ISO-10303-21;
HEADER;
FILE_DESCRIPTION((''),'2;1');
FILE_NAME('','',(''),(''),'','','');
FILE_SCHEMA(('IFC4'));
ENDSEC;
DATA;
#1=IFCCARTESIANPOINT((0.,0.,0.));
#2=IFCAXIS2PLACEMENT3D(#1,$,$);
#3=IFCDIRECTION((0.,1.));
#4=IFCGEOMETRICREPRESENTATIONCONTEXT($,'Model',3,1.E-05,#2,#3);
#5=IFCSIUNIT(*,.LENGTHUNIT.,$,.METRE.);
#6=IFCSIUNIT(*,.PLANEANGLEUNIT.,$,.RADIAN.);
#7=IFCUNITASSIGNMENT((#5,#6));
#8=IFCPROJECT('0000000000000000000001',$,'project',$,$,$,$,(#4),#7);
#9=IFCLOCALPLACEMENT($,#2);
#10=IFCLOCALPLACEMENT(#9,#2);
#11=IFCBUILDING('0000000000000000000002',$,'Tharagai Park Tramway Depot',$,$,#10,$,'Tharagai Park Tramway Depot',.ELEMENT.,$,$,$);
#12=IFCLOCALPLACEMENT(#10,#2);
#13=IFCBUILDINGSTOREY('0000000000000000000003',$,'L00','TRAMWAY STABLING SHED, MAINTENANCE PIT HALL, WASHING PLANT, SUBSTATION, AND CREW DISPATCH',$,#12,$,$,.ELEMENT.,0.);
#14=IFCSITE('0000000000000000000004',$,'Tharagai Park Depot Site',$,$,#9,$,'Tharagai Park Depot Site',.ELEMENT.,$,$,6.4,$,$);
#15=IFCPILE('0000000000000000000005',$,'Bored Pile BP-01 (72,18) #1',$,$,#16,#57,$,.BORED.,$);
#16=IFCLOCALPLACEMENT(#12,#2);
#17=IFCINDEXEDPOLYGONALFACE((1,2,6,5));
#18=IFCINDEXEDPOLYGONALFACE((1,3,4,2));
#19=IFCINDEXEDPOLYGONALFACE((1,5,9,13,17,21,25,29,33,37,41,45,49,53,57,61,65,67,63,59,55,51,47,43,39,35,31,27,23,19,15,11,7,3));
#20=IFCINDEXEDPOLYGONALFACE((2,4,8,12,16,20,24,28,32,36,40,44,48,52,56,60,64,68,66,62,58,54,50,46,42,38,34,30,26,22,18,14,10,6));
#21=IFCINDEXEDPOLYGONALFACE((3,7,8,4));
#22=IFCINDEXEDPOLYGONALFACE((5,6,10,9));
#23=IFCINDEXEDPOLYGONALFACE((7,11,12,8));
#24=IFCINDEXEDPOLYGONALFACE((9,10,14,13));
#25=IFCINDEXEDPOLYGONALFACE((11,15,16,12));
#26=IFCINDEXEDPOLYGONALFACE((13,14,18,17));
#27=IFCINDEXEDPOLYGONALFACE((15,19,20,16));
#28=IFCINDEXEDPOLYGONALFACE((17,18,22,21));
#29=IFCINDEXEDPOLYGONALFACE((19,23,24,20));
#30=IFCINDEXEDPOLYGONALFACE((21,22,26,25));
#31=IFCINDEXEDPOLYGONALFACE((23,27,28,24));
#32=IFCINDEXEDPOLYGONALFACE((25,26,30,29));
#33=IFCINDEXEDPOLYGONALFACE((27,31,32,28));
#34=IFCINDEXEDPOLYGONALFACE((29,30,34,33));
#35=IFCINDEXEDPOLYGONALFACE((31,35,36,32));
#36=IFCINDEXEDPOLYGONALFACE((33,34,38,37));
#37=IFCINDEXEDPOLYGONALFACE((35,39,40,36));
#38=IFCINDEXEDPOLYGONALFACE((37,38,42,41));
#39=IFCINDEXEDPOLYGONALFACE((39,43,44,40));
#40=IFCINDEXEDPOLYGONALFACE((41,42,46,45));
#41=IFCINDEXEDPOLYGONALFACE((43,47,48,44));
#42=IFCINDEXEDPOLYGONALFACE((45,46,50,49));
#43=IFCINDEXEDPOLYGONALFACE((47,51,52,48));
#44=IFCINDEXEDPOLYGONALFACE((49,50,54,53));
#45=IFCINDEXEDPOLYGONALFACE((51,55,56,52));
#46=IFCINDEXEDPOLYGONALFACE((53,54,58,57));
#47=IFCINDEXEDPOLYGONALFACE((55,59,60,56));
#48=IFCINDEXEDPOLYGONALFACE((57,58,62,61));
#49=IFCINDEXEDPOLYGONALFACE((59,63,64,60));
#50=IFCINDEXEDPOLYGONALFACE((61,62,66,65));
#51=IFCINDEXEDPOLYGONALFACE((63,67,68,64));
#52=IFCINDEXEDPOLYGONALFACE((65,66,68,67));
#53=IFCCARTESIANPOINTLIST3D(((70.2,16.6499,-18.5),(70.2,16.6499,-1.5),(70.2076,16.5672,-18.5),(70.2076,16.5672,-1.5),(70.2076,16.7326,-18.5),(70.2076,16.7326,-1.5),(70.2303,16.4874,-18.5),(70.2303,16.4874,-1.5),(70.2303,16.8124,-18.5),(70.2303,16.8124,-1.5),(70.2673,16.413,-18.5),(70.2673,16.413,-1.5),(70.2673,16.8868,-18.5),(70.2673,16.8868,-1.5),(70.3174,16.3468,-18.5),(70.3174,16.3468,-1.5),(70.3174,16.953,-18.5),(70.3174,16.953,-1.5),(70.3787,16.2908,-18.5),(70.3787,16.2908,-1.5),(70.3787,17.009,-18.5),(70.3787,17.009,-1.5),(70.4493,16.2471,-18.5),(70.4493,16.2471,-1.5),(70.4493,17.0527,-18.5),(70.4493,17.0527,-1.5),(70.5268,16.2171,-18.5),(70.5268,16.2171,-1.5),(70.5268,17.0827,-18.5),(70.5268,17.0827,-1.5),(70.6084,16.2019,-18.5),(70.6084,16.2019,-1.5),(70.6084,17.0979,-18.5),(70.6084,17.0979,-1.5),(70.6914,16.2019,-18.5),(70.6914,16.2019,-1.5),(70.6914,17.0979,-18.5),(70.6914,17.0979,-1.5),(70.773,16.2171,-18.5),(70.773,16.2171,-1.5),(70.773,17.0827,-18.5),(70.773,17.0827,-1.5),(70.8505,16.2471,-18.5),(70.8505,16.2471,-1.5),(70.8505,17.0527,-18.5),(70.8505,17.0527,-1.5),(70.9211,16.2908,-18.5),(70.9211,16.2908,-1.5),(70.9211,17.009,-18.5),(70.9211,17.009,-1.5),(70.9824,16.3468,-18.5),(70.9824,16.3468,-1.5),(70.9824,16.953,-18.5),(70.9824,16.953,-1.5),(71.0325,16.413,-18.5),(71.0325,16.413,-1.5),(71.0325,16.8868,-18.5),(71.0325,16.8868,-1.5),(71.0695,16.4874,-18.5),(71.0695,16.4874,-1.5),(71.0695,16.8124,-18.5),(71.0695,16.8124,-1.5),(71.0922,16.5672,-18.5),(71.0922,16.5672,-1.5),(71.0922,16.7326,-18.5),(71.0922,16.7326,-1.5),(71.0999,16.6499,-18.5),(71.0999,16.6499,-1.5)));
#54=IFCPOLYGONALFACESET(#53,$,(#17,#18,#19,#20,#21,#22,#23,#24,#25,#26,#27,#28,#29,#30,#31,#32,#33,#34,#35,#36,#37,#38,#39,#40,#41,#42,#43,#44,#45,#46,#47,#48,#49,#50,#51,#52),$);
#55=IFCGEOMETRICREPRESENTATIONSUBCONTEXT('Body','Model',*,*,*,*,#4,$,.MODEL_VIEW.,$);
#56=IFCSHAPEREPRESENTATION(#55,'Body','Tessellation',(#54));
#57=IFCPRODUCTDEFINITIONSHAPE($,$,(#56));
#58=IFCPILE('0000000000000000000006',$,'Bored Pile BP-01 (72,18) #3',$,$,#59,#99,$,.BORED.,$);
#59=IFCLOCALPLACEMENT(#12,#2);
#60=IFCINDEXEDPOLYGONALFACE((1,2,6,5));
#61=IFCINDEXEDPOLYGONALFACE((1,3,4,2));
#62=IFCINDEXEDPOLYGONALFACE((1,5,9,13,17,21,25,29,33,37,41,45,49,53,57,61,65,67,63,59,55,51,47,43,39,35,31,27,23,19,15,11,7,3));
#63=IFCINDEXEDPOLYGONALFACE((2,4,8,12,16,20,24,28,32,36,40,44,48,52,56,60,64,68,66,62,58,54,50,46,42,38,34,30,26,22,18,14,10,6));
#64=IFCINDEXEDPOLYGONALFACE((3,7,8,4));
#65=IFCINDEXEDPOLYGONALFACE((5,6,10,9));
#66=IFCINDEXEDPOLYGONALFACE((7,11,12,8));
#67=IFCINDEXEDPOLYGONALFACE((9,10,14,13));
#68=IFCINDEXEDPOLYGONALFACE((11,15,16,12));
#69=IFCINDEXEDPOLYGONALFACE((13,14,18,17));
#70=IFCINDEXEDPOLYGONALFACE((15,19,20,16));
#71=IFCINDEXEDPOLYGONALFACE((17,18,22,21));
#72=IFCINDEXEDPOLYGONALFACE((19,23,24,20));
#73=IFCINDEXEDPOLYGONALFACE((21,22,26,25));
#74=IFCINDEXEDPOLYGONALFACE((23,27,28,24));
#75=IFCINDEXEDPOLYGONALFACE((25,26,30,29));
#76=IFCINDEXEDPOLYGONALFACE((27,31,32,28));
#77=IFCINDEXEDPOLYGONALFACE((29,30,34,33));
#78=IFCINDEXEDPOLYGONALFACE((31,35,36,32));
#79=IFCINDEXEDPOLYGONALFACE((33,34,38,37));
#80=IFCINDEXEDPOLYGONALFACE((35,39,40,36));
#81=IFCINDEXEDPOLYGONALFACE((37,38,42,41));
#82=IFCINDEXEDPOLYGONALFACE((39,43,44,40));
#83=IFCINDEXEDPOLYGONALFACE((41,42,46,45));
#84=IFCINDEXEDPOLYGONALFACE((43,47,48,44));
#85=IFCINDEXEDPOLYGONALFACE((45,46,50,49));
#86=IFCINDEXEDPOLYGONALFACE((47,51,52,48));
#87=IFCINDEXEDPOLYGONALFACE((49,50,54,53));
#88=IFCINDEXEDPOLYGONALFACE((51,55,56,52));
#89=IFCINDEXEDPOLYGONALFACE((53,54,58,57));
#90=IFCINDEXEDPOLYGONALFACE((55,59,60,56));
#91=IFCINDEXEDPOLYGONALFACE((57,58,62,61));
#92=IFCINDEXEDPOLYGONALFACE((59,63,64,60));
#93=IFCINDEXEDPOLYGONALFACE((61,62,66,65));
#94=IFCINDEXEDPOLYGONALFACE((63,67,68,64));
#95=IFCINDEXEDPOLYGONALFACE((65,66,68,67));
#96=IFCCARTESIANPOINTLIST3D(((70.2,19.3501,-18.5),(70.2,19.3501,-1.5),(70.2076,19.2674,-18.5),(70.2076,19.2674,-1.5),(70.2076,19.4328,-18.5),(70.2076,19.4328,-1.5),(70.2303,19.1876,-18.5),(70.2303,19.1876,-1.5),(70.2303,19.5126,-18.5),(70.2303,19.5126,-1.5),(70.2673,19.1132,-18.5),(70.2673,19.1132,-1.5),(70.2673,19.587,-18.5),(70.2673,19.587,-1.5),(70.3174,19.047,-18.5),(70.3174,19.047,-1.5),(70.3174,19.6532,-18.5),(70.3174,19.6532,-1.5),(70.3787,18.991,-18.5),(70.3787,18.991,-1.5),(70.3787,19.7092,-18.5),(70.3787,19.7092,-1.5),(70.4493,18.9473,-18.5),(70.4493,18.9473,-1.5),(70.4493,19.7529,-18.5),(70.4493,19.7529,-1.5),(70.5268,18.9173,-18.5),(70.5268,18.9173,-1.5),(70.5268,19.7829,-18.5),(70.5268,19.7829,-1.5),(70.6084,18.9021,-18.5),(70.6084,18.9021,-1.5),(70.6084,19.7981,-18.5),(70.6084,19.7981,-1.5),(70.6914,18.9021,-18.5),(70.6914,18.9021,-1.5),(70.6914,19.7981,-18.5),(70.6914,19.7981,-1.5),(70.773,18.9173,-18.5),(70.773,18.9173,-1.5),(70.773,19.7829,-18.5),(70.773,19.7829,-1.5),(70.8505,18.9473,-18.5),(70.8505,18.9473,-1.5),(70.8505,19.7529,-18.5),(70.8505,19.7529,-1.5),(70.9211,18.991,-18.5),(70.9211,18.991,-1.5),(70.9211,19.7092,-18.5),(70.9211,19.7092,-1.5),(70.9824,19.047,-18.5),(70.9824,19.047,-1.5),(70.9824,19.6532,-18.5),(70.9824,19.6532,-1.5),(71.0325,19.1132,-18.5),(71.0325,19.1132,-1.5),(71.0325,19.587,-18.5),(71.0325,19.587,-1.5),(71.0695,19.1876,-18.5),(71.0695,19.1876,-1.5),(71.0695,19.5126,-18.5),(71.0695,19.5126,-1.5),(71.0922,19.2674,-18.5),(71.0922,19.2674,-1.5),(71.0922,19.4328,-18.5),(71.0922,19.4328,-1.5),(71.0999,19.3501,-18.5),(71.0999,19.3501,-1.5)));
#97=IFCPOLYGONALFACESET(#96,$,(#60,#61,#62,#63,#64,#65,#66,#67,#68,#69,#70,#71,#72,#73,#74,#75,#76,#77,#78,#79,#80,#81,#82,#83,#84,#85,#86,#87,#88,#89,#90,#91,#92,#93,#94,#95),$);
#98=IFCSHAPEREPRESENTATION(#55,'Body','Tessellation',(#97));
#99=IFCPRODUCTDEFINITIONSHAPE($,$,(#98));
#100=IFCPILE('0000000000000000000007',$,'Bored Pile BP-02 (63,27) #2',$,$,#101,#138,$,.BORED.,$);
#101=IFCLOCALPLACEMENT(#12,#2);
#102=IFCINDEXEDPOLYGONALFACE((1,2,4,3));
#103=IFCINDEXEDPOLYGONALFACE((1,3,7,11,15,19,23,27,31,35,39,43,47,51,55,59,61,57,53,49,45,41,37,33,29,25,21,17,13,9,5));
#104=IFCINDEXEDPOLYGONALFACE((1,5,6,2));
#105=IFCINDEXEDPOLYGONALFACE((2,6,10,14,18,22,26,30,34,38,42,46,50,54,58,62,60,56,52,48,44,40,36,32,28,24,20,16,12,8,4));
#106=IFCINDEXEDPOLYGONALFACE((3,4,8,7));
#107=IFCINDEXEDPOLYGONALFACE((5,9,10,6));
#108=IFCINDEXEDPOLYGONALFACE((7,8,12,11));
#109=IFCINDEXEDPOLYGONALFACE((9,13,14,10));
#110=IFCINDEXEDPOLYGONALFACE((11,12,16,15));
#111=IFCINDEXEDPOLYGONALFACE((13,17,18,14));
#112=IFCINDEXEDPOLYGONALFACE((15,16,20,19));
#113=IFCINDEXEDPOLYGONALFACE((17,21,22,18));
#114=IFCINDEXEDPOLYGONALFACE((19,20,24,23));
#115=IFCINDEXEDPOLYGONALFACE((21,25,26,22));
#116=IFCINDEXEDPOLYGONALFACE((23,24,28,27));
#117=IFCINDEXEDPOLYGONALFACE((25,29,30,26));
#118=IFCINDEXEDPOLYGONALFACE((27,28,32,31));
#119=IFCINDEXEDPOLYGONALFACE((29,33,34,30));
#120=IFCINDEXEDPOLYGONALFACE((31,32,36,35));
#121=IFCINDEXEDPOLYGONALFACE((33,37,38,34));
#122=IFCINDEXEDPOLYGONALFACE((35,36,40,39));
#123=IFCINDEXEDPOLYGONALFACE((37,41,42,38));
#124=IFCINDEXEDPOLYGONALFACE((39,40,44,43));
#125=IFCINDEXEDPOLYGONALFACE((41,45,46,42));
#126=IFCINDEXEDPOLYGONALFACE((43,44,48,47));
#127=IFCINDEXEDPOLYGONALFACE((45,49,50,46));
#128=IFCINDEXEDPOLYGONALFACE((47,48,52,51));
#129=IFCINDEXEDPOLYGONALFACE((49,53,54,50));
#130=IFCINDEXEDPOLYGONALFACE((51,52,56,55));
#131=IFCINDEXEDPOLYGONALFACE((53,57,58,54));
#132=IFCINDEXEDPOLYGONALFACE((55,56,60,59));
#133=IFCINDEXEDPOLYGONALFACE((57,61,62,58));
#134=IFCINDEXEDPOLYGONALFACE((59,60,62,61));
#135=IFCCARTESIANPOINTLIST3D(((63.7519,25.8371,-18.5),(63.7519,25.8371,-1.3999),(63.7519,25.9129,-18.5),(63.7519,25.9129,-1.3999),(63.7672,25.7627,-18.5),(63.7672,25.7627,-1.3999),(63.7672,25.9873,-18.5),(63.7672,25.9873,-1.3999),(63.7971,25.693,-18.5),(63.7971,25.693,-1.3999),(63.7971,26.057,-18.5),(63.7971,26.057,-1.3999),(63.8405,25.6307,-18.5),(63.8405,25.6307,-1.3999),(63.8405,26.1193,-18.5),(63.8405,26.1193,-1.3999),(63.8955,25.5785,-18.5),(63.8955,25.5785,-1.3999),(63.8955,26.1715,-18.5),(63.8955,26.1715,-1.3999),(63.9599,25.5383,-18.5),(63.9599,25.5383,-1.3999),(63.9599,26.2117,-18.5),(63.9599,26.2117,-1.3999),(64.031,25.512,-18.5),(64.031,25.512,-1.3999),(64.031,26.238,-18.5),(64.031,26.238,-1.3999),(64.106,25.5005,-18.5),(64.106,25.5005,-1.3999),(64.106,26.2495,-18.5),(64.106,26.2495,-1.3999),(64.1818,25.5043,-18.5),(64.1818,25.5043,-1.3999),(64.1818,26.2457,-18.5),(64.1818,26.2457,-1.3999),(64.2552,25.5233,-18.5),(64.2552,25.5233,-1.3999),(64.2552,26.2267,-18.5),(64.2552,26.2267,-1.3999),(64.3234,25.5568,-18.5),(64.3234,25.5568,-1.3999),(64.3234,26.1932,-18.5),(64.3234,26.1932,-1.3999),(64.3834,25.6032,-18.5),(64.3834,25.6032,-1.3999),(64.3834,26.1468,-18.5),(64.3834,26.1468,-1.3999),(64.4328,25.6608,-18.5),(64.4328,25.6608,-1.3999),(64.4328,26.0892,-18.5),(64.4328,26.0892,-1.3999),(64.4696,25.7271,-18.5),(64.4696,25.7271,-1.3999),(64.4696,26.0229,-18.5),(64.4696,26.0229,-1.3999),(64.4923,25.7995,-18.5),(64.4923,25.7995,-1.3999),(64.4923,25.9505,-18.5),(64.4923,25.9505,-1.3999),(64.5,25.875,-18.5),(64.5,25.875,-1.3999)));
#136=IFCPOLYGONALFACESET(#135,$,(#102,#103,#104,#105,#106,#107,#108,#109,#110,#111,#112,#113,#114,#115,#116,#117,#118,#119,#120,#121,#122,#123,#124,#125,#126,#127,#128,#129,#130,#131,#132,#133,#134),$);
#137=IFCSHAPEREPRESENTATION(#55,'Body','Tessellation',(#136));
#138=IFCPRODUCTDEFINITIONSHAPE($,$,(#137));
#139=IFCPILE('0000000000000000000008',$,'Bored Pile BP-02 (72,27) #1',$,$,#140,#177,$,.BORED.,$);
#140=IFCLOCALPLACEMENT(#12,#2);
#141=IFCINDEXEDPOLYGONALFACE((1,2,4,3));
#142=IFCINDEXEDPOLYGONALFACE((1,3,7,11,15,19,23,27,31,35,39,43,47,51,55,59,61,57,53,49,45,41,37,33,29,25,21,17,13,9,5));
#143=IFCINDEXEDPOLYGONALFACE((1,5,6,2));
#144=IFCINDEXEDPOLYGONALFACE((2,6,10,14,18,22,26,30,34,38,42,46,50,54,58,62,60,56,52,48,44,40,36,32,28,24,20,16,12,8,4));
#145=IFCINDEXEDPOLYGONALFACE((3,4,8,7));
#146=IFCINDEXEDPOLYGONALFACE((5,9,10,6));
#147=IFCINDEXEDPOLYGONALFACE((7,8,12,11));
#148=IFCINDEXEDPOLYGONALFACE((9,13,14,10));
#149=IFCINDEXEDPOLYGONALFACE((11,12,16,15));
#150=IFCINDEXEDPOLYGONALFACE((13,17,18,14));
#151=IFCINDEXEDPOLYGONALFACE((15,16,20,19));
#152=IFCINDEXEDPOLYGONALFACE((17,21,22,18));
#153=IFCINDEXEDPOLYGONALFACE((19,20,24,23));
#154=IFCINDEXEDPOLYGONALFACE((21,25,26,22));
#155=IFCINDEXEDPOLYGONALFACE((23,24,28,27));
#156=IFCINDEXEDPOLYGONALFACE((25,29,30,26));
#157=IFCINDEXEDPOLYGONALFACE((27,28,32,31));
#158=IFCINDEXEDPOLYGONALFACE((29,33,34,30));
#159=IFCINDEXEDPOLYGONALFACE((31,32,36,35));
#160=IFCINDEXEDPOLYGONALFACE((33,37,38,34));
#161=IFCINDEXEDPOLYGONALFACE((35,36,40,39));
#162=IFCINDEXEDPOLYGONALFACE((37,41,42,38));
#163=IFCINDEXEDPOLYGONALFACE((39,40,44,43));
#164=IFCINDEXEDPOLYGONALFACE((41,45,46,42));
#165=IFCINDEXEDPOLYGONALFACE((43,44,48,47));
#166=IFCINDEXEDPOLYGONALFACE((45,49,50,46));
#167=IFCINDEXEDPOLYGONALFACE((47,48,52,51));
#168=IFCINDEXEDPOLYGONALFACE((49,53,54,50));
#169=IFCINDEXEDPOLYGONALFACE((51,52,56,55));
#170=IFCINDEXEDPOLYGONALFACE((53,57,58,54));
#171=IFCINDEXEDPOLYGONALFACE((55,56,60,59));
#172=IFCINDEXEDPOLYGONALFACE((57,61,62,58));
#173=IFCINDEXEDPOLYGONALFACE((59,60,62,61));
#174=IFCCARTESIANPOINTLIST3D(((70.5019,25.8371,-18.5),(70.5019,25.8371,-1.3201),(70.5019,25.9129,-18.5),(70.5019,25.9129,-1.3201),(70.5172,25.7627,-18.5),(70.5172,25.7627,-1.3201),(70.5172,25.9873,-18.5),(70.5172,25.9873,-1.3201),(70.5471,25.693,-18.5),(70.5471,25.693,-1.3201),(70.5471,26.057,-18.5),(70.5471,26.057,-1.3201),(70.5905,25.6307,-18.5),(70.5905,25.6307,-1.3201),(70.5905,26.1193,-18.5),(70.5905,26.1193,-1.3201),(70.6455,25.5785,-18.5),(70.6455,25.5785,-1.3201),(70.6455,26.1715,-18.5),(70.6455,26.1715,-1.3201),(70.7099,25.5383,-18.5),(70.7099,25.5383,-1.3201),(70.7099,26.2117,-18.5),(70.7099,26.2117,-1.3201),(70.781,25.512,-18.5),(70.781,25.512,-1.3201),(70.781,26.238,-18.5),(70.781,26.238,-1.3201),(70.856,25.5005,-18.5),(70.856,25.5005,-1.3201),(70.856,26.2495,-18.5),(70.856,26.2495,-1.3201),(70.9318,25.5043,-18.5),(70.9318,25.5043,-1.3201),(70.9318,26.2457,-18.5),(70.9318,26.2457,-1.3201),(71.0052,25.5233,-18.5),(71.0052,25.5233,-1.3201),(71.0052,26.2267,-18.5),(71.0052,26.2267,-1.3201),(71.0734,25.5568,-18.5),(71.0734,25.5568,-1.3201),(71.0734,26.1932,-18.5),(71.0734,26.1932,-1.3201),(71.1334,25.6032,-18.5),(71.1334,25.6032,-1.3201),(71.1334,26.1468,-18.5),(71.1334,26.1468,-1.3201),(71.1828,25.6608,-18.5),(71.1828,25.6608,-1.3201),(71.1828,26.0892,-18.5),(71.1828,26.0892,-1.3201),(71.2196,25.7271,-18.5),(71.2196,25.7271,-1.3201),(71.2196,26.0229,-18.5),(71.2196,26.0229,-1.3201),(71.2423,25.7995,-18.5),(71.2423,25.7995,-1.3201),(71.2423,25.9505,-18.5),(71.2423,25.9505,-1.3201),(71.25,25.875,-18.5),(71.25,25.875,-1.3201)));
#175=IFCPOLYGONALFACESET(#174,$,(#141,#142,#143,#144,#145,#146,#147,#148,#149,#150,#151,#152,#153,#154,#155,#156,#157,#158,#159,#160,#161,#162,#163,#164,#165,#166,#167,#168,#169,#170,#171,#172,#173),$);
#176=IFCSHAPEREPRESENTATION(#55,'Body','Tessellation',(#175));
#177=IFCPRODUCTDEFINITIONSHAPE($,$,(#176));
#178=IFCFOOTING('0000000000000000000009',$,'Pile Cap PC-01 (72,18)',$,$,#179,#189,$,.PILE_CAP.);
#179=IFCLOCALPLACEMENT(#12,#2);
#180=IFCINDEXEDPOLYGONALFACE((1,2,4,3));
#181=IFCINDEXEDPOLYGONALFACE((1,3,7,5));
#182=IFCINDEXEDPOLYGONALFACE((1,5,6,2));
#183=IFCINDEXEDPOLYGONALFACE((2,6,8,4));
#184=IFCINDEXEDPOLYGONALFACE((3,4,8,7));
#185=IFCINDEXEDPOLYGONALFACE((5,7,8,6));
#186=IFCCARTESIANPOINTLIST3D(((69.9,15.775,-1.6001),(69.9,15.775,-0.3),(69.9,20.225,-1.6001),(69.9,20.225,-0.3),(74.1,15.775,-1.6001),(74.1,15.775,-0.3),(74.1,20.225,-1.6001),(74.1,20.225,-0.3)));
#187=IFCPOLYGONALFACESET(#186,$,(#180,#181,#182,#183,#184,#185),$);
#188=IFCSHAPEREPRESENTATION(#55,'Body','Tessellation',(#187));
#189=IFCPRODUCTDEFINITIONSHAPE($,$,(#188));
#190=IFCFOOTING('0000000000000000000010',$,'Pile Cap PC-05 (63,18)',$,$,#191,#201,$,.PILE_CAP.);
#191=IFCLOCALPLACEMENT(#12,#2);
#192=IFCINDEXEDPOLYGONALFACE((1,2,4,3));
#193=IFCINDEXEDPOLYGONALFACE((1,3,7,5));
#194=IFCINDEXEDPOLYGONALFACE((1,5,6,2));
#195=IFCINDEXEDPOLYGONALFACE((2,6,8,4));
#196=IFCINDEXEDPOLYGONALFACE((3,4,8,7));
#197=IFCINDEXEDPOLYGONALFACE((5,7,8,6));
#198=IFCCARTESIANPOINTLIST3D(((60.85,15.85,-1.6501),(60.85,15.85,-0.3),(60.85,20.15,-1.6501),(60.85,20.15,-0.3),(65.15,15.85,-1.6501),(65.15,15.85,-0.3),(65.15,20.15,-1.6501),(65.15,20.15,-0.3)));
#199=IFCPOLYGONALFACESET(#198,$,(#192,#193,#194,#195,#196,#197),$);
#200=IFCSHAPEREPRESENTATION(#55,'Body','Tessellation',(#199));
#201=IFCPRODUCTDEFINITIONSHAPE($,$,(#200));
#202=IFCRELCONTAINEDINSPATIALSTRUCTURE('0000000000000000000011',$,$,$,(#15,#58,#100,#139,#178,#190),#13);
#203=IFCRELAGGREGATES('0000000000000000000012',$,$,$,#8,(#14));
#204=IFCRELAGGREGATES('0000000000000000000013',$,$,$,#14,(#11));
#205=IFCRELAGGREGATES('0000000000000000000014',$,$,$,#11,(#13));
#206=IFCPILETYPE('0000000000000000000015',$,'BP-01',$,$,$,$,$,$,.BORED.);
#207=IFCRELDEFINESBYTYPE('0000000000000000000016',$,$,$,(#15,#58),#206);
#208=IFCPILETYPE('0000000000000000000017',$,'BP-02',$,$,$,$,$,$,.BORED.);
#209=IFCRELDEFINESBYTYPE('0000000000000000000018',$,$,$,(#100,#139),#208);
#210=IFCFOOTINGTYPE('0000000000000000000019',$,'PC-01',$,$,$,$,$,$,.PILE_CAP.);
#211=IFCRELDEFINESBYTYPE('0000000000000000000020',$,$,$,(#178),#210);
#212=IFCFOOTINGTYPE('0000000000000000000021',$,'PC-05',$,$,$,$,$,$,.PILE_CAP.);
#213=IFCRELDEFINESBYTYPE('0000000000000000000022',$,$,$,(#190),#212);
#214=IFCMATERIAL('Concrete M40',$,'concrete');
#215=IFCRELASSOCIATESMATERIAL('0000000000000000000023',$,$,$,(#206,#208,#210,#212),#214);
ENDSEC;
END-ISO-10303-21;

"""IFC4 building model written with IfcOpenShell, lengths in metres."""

from ifc_helpers import new_model, si_unit, direction, frame, origin, origin_2d, place, context, subcontext, project, spatial, rectangle, circle, extrude, material, material_profile, profile_set, type_object, element, save


model = new_model("IFC4")

# Units and contexts
model_context = context("Model", 3, precision=1e-05, world=origin(), true_north=direction((0.0, 1.0)))
body_context = subcontext(model_context, "Body", "Model", "MODEL_VIEW")
ifc_project = project(units=[si_unit("LENGTHUNIT", "METRE"), si_unit("PLANEANGLEUNIT", "RADIAN")], contexts=[model_context])

# Site, building, storey
site_placement = place(None, origin())
site = spatial("IfcSite", under=ifc_project, at=site_placement, Name="Tharagai Park Depot Site", LongName="Tharagai Park Depot Site", CompositionType="ELEMENT", RefElevation=6.4)
building_placement = place(site_placement, origin())
building = spatial("IfcBuilding", under=site, at=building_placement, Name="Tharagai Park Tramway Depot", LongName="Tharagai Park Tramway Depot", CompositionType="ELEMENT")
storey_placement = place(building_placement, origin())
storey = spatial("IfcBuildingStorey", under=building, at=storey_placement, Name="L00", Description="TRAMWAY STABLING SHED, MAINTENANCE PIT HALL, WASHING PLANT, SUBSTATION, AND CREW DISPATCH", CompositionType="ELEMENT", Elevation=0.0)

# Piles
ifc_material_1 = material(Name="Concrete M40", Category="concrete")
ifc_material_profile_1 = material_profile(ifc_material_1, circle(Radius=0.45, at=origin_2d()), Name="PILE D900")
ifc_profile_set_1 = profile_set([ifc_material_profile_1], Name="Concrete M40")
pile_type_1 = type_object("IfcPileType", Name="BP-01", PredefinedType="BORED", material=ifc_profile_set_1)
for number, where, z_axis, x_axis, name in (
    (1, (70.6499, 16.6499, -1.5), (0.0, 0.0, -1.0), (1.0, 0.0, 0.0), "Bored Pile BP-01 (72,18) #1"),
    (2, (70.6499, 19.3501, -1.5), (0.0, 0.0, -1.0), (1.0, 0.0, 0.0), "Bored Pile BP-01 (72,18) #3"),
):
    element("IfcPile", number, at=place(storey_placement, frame(where, z_axis=z_axis, x_axis=x_axis)), inside=storey, type_object=pile_type_1, Name=name, PredefinedType="BORED", context=body_context, shape_type="SweptSolid", body=[
        extrude(circle(Radius=0.45, at=origin_2d()), origin(), (0.0, 0.0, 1.0), 17.0),
    ])
ifc_material_profile_2 = material_profile(ifc_material_1, circle(Radius=0.375, at=origin_2d()), Name="PILE D750")
ifc_profile_set_2 = profile_set([ifc_material_profile_2], Name="Concrete M40")
pile_type_2 = type_object("IfcPileType", Name="BP-02", PredefinedType="BORED", material=ifc_profile_set_2)
pile_1_placement = place(storey_placement, frame((64.125, 25.875, -1.3999), z_axis=(0.0, 0.0, -1.0), x_axis=(1.0, 0.0, 0.0)))
element("IfcPile", 3, at=pile_1_placement, inside=storey, type_object=pile_type_2, Name="Bored Pile BP-02 (63,27) #2", PredefinedType="BORED", context=body_context, shape_type="SweptSolid", body=[
    extrude(circle(Radius=0.375, at=origin_2d()), origin(), (0.0, 0.0, 1.0), 17.1001),
])
pile_2_placement = place(storey_placement, frame((70.875, 25.875, -1.3201), z_axis=(0.0, 0.0, -1.0), x_axis=(1.0, 0.0, 0.0)))
element("IfcPile", 4, at=pile_2_placement, inside=storey, type_object=pile_type_2, Name="Bored Pile BP-02 (72,27) #1", PredefinedType="BORED", context=body_context, shape_type="SweptSolid", body=[
    extrude(circle(Radius=0.375, at=origin_2d()), origin(), (0.0, 0.0, 1.0), 17.1799),
])

# Footings
footing_type_1 = type_object("IfcFootingType", Name="PC-01", PredefinedType="PILE_CAP", material=ifc_material_1)
footing_1_placement = place(storey_placement, frame((72.0, 18.0, -1.6001), z_axis=(0.0, 0.0, 1.0), x_axis=(1.0, 0.0, 0.0)))
element("IfcFooting", 5, at=footing_1_placement, inside=storey, type_object=footing_type_1, Name="Pile Cap PC-01 (72,18)", PredefinedType="PILE_CAP", context=body_context, shape_type="SweptSolid", body=[
    extrude(rectangle(XDim=4.2, YDim=4.45, at=origin_2d()), origin(), (0.0, 0.0, 1.0), 1.3),
])
footing_type_2 = type_object("IfcFootingType", Name="PC-05", PredefinedType="PILE_CAP", material=ifc_material_1)
for number, where, z_axis, x_axis, name in (
    (6, (63.0, 18.0, -1.6501), (0.0, 0.0, 1.0), (1.0, 0.0, 0.0), "Pile Cap PC-05 (63,18)"),
):
    element("IfcFooting", number, at=place(storey_placement, frame(where, z_axis=z_axis, x_axis=x_axis)), inside=storey, type_object=footing_type_2, Name=name, PredefinedType="PILE_CAP", context=body_context, shape_type="SweptSolid", body=[
        extrude(rectangle(XDim=4.3, YDim=4.3, at=origin_2d()), origin(), (0.0, 0.0, 1.0), 1.3501),
    ])

save(model, "model.ifc")
